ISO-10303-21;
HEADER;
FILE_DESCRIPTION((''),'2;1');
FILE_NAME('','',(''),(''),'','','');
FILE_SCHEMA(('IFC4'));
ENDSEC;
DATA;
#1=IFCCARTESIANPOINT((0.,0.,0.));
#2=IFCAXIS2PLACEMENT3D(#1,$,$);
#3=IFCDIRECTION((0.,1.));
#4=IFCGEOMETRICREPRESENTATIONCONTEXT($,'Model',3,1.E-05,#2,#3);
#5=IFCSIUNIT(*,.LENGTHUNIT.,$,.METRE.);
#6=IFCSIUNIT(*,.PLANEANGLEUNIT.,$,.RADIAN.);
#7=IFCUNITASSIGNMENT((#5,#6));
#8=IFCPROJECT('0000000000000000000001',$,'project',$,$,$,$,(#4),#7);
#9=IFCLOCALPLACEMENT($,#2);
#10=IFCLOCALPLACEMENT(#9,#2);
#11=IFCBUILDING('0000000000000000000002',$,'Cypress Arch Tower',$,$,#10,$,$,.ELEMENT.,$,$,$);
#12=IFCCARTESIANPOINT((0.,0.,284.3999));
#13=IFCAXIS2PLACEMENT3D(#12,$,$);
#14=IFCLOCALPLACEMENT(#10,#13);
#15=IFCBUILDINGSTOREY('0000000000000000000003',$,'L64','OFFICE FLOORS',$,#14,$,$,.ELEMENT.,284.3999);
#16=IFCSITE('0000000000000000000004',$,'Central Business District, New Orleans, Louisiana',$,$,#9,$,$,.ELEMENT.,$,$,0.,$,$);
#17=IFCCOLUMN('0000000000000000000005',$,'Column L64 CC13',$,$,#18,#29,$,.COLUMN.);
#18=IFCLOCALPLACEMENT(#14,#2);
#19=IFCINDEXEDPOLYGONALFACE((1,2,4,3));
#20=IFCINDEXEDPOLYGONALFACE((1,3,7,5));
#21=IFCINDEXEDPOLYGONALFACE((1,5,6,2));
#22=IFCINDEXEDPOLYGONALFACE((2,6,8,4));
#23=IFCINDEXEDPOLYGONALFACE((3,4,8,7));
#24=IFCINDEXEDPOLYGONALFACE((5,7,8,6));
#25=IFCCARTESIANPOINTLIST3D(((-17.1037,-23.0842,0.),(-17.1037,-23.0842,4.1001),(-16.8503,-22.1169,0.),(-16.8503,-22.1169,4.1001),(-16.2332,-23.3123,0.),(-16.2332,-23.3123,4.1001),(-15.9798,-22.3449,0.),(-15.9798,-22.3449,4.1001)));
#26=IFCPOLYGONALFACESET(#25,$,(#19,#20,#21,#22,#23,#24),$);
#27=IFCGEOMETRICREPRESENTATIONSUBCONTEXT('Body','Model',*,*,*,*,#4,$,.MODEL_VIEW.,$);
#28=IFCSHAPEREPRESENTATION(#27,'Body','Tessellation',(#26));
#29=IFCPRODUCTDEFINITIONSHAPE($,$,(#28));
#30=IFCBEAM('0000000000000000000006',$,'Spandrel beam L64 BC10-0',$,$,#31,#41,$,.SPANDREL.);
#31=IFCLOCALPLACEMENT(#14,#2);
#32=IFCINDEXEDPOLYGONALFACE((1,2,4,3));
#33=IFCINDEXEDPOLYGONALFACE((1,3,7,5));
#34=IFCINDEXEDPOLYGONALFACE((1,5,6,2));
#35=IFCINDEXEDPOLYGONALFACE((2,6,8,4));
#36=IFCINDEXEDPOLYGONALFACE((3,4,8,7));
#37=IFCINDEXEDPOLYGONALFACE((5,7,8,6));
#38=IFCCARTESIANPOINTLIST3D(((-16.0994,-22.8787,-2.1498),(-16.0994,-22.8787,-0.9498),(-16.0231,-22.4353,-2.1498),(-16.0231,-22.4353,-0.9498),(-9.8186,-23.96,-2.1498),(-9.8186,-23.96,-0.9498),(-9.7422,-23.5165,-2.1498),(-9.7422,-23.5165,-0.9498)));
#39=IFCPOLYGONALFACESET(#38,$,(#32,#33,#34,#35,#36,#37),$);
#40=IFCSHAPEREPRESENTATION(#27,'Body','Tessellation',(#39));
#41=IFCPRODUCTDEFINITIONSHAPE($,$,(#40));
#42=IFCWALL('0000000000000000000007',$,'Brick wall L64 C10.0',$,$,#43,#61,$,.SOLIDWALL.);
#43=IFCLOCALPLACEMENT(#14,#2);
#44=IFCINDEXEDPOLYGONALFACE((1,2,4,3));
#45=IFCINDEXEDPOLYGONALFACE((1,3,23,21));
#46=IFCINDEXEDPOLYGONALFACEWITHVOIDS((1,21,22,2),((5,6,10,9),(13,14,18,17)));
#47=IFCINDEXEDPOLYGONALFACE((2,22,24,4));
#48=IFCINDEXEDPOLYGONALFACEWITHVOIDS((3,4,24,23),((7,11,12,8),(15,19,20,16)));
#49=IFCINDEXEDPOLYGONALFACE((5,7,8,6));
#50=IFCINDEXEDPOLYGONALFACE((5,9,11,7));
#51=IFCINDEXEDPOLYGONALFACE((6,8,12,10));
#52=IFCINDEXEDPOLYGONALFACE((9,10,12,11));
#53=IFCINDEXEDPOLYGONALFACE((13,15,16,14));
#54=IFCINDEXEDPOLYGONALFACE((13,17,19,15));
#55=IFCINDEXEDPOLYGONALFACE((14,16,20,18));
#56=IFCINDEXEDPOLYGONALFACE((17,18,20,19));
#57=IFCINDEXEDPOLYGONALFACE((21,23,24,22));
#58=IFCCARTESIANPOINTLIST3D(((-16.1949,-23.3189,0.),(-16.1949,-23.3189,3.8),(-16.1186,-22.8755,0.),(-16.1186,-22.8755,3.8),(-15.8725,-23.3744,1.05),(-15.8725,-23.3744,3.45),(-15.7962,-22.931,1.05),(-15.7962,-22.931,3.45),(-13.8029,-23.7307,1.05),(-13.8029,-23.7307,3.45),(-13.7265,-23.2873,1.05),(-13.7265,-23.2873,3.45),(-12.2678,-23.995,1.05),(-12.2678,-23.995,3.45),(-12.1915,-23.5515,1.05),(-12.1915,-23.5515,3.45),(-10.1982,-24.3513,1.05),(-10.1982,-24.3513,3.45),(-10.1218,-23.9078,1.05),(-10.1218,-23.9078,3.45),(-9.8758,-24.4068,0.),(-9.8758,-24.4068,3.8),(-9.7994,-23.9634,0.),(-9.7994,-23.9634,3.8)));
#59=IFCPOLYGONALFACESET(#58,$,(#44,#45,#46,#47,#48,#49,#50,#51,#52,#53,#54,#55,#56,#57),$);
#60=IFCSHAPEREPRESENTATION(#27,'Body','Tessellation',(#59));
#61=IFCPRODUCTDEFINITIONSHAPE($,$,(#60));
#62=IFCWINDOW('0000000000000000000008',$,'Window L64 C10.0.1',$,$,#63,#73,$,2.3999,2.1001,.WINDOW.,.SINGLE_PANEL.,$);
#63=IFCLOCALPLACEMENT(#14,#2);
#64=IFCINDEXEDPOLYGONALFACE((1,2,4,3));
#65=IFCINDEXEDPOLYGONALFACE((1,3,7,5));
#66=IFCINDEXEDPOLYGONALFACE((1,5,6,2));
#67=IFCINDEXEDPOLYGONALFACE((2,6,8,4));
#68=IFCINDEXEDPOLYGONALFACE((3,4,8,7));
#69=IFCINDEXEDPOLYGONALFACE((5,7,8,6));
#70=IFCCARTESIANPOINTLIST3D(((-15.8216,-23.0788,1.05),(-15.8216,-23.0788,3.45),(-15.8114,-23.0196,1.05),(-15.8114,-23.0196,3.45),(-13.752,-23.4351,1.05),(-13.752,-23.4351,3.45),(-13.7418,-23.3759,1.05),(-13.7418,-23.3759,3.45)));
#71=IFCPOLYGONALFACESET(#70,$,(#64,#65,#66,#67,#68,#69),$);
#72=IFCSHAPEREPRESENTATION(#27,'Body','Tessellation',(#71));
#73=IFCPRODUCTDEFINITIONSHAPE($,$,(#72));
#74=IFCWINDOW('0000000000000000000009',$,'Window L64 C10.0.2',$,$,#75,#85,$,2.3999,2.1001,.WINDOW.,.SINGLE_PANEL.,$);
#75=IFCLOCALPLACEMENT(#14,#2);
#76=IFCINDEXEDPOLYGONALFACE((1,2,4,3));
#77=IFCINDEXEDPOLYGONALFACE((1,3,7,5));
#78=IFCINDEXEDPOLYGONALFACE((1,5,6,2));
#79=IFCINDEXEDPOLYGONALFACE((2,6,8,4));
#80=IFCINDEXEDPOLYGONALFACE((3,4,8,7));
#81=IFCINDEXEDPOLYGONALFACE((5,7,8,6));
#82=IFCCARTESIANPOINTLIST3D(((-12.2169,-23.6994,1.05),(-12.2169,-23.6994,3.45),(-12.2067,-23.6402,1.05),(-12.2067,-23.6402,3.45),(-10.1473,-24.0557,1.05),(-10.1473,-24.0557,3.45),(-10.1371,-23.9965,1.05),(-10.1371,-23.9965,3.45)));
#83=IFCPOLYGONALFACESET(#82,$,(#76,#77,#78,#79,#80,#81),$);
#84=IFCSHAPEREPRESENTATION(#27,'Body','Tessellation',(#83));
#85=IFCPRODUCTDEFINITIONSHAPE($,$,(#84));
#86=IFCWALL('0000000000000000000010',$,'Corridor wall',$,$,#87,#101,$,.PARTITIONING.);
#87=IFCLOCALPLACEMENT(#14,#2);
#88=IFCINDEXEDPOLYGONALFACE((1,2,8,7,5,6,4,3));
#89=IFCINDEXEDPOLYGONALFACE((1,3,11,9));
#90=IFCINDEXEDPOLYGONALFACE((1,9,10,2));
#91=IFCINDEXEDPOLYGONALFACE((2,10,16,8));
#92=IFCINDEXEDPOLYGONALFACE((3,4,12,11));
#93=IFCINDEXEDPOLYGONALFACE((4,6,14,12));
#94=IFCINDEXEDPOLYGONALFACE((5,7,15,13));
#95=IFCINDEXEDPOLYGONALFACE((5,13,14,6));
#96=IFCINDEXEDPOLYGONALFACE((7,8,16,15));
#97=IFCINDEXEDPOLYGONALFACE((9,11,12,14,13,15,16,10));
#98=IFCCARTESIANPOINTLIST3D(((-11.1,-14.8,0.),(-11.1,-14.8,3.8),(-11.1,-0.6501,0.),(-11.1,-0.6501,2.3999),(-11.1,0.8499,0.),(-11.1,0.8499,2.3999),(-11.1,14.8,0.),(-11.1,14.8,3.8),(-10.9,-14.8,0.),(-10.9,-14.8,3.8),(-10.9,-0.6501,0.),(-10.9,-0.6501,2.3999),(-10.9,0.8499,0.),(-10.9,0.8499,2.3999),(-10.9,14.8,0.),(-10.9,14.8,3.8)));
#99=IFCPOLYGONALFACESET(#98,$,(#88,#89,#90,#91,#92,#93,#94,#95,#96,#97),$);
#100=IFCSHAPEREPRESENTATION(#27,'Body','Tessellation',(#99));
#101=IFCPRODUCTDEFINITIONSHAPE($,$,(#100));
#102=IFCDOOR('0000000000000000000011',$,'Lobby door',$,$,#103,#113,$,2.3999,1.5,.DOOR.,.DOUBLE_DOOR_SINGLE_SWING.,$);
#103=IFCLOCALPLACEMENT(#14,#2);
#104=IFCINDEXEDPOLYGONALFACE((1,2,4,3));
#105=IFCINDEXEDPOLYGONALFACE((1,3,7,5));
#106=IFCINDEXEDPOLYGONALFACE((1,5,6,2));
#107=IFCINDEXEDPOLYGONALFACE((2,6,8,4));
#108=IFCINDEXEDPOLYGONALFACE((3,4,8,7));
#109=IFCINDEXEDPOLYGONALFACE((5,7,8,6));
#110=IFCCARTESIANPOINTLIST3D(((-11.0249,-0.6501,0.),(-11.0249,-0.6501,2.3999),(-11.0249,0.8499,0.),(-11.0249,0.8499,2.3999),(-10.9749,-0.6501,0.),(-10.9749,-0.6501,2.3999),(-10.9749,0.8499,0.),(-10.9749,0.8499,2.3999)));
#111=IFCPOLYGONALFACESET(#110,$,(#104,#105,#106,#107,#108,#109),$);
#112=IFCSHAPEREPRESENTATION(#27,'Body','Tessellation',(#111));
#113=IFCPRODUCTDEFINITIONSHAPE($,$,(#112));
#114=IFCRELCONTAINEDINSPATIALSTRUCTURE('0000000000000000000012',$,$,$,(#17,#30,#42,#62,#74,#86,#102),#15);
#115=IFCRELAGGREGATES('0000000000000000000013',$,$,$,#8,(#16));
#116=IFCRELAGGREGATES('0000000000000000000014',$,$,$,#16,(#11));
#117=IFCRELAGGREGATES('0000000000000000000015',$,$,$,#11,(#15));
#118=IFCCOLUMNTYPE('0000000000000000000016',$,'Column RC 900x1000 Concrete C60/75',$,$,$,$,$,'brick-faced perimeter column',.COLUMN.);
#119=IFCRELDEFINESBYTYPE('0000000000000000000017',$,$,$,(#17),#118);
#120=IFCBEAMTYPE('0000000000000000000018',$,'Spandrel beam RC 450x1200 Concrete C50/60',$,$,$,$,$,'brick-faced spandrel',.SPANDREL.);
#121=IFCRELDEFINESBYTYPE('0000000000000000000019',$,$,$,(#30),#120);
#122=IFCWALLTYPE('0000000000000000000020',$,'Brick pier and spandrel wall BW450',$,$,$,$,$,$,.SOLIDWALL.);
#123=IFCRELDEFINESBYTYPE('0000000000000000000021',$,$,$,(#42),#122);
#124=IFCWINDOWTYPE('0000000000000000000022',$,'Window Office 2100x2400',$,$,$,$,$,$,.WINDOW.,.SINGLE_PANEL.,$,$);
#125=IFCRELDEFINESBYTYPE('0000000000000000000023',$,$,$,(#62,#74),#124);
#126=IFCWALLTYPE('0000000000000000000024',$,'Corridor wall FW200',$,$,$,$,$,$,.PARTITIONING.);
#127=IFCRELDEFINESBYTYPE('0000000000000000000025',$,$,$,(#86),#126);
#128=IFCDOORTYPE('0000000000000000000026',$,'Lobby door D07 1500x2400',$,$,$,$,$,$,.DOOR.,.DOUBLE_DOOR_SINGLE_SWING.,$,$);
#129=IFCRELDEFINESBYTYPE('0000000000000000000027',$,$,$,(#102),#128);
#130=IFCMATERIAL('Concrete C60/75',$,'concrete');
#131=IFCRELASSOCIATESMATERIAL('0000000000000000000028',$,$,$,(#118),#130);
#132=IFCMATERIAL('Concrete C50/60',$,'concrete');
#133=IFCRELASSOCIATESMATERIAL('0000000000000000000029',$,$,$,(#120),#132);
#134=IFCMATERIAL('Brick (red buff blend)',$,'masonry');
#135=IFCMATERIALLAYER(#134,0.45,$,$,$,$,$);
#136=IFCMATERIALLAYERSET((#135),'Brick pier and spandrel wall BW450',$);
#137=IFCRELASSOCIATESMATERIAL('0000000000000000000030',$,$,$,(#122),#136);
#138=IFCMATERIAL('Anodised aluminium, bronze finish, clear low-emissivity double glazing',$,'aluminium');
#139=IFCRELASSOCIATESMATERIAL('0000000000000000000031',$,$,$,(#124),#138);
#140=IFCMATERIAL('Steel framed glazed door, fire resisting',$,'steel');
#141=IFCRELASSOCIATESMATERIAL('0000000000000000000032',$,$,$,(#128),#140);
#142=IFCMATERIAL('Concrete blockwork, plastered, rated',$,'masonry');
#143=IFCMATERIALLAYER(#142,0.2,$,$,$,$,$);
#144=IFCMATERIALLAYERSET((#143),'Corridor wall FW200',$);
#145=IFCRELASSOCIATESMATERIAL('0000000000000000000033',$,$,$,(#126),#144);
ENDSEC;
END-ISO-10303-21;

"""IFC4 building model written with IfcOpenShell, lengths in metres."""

from ifc_helpers import new_model, si_unit, direction, frame, frame_2d, origin, origin_2d, place, context, subcontext, project, spatial, rectangle, extrude, material, layer, layer_set, material_profile, profile_set, type_object, element, fill, save


model = new_model("IFC4")

# Units and contexts
model_context = context("Model", 3, precision=1e-05, world=origin(), true_north=direction((0.0, 1.0)))
body_context = subcontext(model_context, "Body", "Model", "MODEL_VIEW")
ifc_project = project(units=[si_unit("LENGTHUNIT", "METRE"), si_unit("PLANEANGLEUNIT", "RADIAN")], contexts=[model_context])

# Site, building, storey
site_placement = place(None, origin())
site = spatial("IfcSite", under=ifc_project, at=site_placement, Name="Central Business District, New Orleans, Louisiana", CompositionType="ELEMENT", RefElevation=0.0)
building_placement = place(site_placement, origin())
building = spatial("IfcBuilding", under=site, at=building_placement, Name="Cypress Arch Tower", CompositionType="ELEMENT")
storey_placement = place(building_placement, frame((0.0, 0.0, 284.3999)))
storey = spatial("IfcBuildingStorey", under=building, at=storey_placement, Name="L64", Description="OFFICE FLOORS", CompositionType="ELEMENT", Elevation=284.3999)

# Column
ifc_material_1 = material(Name="Concrete C60/75", Category="concrete")
ifc_material_profile_1 = material_profile(ifc_material_1, rectangle(XDim=0.8999, YDim=1.0, at=origin_2d()), Name="RC 900x1000")
ifc_profile_set_1 = profile_set([ifc_material_profile_1], Name="Concrete C60/75")
column_type = type_object("IfcColumnType", Name="Column RC 900x1000 Concrete C60/75", ElementType="brick-faced perimeter column", PredefinedType="COLUMN", material=ifc_profile_set_1)
column_placement = place(storey_placement, frame((-16.5417, -22.7146, 0.0), z_axis=(0.0, 0.0, 1.0), x_axis=(0.967356, -0.253422, 0.0)))
element("IfcColumn", 1, at=column_placement, inside=storey, type_object=column_type, Name="Column L64 CC13", PredefinedType="COLUMN", context=body_context, shape_type="SweptSolid", body=[
    extrude(rectangle(XDim=0.8999, YDim=1.0, at=origin_2d()), origin(), (0.0, 0.0, 1.0), 4.1001),
])

# Beam
ifc_material_2 = material(Name="Concrete C50/60", Category="concrete")
ifc_material_profile_2 = material_profile(ifc_material_2, rectangle(XDim=0.45, YDim=1.2, at=origin_2d()), Name="RC 450x1200")
ifc_profile_set_2 = profile_set([ifc_material_profile_2], Name="Concrete C50/60")
beam_type = type_object("IfcBeamType", Name="Spandrel beam RC 450x1200 Concrete C50/60", ElementType="brick-faced spandrel", PredefinedType="SPANDREL", material=ifc_profile_set_2)
beam_placement = place(storey_placement, frame((-16.0613, -22.657, -1.5498), z_axis=(0.985503, -0.169658, 0.0), x_axis=(0.169658, 0.985503, 0.0)))
element("IfcBeam", 2, at=beam_placement, inside=storey, type_object=beam_type, Name="Spandrel beam L64 BC10-0", PredefinedType="SPANDREL", context=body_context, shape_type="SweptSolid", body=[
    extrude(rectangle(XDim=0.45, YDim=1.2, at=origin_2d()), origin(), (0.0, 0.0, 1.0), 6.3733),
])

# Wall, openings, windows
ifc_material_3 = material(Name="Brick (red buff blend)", Category="masonry")
ifc_layer_1 = layer(ifc_material_3, 0.45)
ifc_layer_set_1 = layer_set([ifc_layer_1], Name="Brick pier and spandrel wall BW450")
wall_type_1 = type_object("IfcWallType", Name="Brick pier and spandrel wall BW450", PredefinedType="SOLIDWALL", material=ifc_layer_set_1)
wall_1_placement = place(storey_placement, frame((-16.1567, -23.0972, 0.0), z_axis=(0.0, 0.0, 1.0), x_axis=(0.985502, -0.169663, 0.0)))
wall_1 = element("IfcWall", 3, at=wall_1_placement, inside=storey, type_object=wall_type_1, Name="Brick wall L64 C10.0", PredefinedType="SOLIDWALL", context=body_context, shape_type="SweptSolid", body=[
    extrude(rectangle(XDim=6.4121, YDim=0.45, at=frame_2d((3.2061, 0.0))), origin(), (0.0, 0.0, 1.0), 3.8),
])
opening_1_placement = place(wall_1_placement, frame((0.3271, 0.0, 1.05)))
opening_1 = element("IfcOpeningElement", 4, at=opening_1_placement, cuts=wall_1, PredefinedType="OPENING", context=body_context, shape_type="SweptSolid", body=[
    extrude(rectangle(XDim=2.1001, YDim=2.3999, at=frame_2d((1.05, 1.2))), frame((0.0, 0.2349, 0.0), z_axis=(0.0, -1.0, 0.0), x_axis=(1.0, 0.0, 0.0)), (0.0, 0.0, 1.0), 0.47),
])
opening_2_placement = place(wall_1_placement, frame((3.9849, 0.0, 1.05)))
opening_2 = element("IfcOpeningElement", 5, at=opening_2_placement, cuts=wall_1, PredefinedType="OPENING", context=body_context, shape_type="SweptSolid", body=[
    extrude(rectangle(XDim=2.1001, YDim=2.3999, at=frame_2d((1.05, 1.2))), frame((0.0, 0.2349, 0.0), z_axis=(0.0, -1.0, 0.0), x_axis=(1.0, 0.0, 0.0)), (0.0, 0.0, 1.0), 0.47),
])
ifc_material_4 = material(Name="Anodised aluminium, bronze finish, clear low-emissivity double glazing", Category="aluminium")
window_type = type_object("IfcWindowType", Name="Window Office 2100x2400", PartitioningType="SINGLE_PANEL", PredefinedType="WINDOW", material=ifc_material_4)
window_1_placement = place(opening_1_placement, origin())
window_1 = element("IfcWindow", 6, at=window_1_placement, inside=storey, type_object=window_type, Name="Window L64 C10.0.1", OverallHeight=2.3999, OverallWidth=2.1001, PartitioningType="SINGLE_PANEL", PredefinedType="WINDOW", context=body_context, shape_type="SweptSolid", body=[
    extrude(rectangle(XDim=2.1001, YDim=2.3999, at=frame_2d((1.05, 1.2))), frame((0.0, 0.135, 0.0), z_axis=(0.0, -1.0, 0.0), x_axis=(1.0, 0.0, 0.0)), (0.0, 0.0, 1.0), 0.0601),
])
fill(opening_1, window_1)
window_2_placement = place(opening_2_placement, origin())
window_2 = element("IfcWindow", 7, at=window_2_placement, inside=storey, type_object=window_type, Name="Window L64 C10.0.2", OverallHeight=2.3999, OverallWidth=2.1001, PartitioningType="SINGLE_PANEL", PredefinedType="WINDOW", context=body_context, shape_type="SweptSolid", body=[
    extrude(rectangle(XDim=2.1001, YDim=2.3999, at=frame_2d((1.05, 1.2))), frame((0.0, 0.135, 0.0), z_axis=(0.0, -1.0, 0.0), x_axis=(1.0, 0.0, 0.0)), (0.0, 0.0, 1.0), 0.0601),
])
fill(opening_2, window_2)

# Shared definitions
ifc_material_5 = material(Name="Steel framed glazed door, fire resisting", Category="steel")
door_type_1 = type_object("IfcDoorType", Name="Lobby door D07 1500x2400", OperationType="DOUBLE_DOOR_SINGLE_SWING", PredefinedType="DOOR", material=ifc_material_5)

# Shared definitions
ifc_material_6 = material(Name="Concrete blockwork, plastered, rated", Category="masonry")
ifc_layer_2 = layer(ifc_material_6, 0.2)
ifc_layer_set_2 = layer_set([ifc_layer_2], Name="Corridor wall FW200")
wall_type_2 = type_object("IfcWallType", Name="Corridor wall FW200", PredefinedType="PARTITIONING", material=ifc_layer_set_2)

# Wall, opening, door
wall_2_placement = place(storey_placement, frame((-11.0, -14.8, 0.0), z_axis=(0.0, 0.0, 1.0), x_axis=(0.0, 1.0, 0.0)))
wall_2 = element("IfcWall", 8, at=wall_2_placement, inside=storey, type_object=wall_type_2, Name="Corridor wall", PredefinedType="PARTITIONING", context=body_context, shape_type="SweptSolid", body=[
    extrude(rectangle(XDim=29.6001, YDim=0.2, at=frame_2d((14.8, 0.0))), origin(), (0.0, 0.0, 1.0), 3.8),
])
opening_3_placement = place(wall_2_placement, frame((14.1499, 0.0, 0.0)))
opening_3 = element("IfcOpeningElement", 9, at=opening_3_placement, cuts=wall_2, PredefinedType="OPENING", context=body_context, shape_type="SweptSolid", body=[
    extrude(rectangle(XDim=1.5, YDim=2.3999, at=frame_2d((0.75, 1.2))), frame((0.0, 0.1099, 0.0), z_axis=(0.0, -1.0, 0.0), x_axis=(1.0, 0.0, 0.0)), (0.0, 0.0, 1.0), 0.22),
])
door_1_placement = place(opening_3_placement, origin())
door_1 = element("IfcDoor", 10, at=door_1_placement, inside=storey, type_object=door_type_1, Name="Lobby door", OperationType="DOUBLE_DOOR_SINGLE_SWING", OverallHeight=2.3999, OverallWidth=1.5, PredefinedType="DOOR", context=body_context, shape_type="SweptSolid", body=[
    extrude(rectangle(XDim=1.5, YDim=2.3999, at=frame_2d((0.75, 1.2))), frame((0.0, 0.0249, 0.0), z_axis=(0.0, -1.0, 0.0), x_axis=(1.0, 0.0, 0.0)), (0.0, 0.0, 1.0), 0.05),
])
fill(opening_3, door_1)

save(model, "model.ifc")
